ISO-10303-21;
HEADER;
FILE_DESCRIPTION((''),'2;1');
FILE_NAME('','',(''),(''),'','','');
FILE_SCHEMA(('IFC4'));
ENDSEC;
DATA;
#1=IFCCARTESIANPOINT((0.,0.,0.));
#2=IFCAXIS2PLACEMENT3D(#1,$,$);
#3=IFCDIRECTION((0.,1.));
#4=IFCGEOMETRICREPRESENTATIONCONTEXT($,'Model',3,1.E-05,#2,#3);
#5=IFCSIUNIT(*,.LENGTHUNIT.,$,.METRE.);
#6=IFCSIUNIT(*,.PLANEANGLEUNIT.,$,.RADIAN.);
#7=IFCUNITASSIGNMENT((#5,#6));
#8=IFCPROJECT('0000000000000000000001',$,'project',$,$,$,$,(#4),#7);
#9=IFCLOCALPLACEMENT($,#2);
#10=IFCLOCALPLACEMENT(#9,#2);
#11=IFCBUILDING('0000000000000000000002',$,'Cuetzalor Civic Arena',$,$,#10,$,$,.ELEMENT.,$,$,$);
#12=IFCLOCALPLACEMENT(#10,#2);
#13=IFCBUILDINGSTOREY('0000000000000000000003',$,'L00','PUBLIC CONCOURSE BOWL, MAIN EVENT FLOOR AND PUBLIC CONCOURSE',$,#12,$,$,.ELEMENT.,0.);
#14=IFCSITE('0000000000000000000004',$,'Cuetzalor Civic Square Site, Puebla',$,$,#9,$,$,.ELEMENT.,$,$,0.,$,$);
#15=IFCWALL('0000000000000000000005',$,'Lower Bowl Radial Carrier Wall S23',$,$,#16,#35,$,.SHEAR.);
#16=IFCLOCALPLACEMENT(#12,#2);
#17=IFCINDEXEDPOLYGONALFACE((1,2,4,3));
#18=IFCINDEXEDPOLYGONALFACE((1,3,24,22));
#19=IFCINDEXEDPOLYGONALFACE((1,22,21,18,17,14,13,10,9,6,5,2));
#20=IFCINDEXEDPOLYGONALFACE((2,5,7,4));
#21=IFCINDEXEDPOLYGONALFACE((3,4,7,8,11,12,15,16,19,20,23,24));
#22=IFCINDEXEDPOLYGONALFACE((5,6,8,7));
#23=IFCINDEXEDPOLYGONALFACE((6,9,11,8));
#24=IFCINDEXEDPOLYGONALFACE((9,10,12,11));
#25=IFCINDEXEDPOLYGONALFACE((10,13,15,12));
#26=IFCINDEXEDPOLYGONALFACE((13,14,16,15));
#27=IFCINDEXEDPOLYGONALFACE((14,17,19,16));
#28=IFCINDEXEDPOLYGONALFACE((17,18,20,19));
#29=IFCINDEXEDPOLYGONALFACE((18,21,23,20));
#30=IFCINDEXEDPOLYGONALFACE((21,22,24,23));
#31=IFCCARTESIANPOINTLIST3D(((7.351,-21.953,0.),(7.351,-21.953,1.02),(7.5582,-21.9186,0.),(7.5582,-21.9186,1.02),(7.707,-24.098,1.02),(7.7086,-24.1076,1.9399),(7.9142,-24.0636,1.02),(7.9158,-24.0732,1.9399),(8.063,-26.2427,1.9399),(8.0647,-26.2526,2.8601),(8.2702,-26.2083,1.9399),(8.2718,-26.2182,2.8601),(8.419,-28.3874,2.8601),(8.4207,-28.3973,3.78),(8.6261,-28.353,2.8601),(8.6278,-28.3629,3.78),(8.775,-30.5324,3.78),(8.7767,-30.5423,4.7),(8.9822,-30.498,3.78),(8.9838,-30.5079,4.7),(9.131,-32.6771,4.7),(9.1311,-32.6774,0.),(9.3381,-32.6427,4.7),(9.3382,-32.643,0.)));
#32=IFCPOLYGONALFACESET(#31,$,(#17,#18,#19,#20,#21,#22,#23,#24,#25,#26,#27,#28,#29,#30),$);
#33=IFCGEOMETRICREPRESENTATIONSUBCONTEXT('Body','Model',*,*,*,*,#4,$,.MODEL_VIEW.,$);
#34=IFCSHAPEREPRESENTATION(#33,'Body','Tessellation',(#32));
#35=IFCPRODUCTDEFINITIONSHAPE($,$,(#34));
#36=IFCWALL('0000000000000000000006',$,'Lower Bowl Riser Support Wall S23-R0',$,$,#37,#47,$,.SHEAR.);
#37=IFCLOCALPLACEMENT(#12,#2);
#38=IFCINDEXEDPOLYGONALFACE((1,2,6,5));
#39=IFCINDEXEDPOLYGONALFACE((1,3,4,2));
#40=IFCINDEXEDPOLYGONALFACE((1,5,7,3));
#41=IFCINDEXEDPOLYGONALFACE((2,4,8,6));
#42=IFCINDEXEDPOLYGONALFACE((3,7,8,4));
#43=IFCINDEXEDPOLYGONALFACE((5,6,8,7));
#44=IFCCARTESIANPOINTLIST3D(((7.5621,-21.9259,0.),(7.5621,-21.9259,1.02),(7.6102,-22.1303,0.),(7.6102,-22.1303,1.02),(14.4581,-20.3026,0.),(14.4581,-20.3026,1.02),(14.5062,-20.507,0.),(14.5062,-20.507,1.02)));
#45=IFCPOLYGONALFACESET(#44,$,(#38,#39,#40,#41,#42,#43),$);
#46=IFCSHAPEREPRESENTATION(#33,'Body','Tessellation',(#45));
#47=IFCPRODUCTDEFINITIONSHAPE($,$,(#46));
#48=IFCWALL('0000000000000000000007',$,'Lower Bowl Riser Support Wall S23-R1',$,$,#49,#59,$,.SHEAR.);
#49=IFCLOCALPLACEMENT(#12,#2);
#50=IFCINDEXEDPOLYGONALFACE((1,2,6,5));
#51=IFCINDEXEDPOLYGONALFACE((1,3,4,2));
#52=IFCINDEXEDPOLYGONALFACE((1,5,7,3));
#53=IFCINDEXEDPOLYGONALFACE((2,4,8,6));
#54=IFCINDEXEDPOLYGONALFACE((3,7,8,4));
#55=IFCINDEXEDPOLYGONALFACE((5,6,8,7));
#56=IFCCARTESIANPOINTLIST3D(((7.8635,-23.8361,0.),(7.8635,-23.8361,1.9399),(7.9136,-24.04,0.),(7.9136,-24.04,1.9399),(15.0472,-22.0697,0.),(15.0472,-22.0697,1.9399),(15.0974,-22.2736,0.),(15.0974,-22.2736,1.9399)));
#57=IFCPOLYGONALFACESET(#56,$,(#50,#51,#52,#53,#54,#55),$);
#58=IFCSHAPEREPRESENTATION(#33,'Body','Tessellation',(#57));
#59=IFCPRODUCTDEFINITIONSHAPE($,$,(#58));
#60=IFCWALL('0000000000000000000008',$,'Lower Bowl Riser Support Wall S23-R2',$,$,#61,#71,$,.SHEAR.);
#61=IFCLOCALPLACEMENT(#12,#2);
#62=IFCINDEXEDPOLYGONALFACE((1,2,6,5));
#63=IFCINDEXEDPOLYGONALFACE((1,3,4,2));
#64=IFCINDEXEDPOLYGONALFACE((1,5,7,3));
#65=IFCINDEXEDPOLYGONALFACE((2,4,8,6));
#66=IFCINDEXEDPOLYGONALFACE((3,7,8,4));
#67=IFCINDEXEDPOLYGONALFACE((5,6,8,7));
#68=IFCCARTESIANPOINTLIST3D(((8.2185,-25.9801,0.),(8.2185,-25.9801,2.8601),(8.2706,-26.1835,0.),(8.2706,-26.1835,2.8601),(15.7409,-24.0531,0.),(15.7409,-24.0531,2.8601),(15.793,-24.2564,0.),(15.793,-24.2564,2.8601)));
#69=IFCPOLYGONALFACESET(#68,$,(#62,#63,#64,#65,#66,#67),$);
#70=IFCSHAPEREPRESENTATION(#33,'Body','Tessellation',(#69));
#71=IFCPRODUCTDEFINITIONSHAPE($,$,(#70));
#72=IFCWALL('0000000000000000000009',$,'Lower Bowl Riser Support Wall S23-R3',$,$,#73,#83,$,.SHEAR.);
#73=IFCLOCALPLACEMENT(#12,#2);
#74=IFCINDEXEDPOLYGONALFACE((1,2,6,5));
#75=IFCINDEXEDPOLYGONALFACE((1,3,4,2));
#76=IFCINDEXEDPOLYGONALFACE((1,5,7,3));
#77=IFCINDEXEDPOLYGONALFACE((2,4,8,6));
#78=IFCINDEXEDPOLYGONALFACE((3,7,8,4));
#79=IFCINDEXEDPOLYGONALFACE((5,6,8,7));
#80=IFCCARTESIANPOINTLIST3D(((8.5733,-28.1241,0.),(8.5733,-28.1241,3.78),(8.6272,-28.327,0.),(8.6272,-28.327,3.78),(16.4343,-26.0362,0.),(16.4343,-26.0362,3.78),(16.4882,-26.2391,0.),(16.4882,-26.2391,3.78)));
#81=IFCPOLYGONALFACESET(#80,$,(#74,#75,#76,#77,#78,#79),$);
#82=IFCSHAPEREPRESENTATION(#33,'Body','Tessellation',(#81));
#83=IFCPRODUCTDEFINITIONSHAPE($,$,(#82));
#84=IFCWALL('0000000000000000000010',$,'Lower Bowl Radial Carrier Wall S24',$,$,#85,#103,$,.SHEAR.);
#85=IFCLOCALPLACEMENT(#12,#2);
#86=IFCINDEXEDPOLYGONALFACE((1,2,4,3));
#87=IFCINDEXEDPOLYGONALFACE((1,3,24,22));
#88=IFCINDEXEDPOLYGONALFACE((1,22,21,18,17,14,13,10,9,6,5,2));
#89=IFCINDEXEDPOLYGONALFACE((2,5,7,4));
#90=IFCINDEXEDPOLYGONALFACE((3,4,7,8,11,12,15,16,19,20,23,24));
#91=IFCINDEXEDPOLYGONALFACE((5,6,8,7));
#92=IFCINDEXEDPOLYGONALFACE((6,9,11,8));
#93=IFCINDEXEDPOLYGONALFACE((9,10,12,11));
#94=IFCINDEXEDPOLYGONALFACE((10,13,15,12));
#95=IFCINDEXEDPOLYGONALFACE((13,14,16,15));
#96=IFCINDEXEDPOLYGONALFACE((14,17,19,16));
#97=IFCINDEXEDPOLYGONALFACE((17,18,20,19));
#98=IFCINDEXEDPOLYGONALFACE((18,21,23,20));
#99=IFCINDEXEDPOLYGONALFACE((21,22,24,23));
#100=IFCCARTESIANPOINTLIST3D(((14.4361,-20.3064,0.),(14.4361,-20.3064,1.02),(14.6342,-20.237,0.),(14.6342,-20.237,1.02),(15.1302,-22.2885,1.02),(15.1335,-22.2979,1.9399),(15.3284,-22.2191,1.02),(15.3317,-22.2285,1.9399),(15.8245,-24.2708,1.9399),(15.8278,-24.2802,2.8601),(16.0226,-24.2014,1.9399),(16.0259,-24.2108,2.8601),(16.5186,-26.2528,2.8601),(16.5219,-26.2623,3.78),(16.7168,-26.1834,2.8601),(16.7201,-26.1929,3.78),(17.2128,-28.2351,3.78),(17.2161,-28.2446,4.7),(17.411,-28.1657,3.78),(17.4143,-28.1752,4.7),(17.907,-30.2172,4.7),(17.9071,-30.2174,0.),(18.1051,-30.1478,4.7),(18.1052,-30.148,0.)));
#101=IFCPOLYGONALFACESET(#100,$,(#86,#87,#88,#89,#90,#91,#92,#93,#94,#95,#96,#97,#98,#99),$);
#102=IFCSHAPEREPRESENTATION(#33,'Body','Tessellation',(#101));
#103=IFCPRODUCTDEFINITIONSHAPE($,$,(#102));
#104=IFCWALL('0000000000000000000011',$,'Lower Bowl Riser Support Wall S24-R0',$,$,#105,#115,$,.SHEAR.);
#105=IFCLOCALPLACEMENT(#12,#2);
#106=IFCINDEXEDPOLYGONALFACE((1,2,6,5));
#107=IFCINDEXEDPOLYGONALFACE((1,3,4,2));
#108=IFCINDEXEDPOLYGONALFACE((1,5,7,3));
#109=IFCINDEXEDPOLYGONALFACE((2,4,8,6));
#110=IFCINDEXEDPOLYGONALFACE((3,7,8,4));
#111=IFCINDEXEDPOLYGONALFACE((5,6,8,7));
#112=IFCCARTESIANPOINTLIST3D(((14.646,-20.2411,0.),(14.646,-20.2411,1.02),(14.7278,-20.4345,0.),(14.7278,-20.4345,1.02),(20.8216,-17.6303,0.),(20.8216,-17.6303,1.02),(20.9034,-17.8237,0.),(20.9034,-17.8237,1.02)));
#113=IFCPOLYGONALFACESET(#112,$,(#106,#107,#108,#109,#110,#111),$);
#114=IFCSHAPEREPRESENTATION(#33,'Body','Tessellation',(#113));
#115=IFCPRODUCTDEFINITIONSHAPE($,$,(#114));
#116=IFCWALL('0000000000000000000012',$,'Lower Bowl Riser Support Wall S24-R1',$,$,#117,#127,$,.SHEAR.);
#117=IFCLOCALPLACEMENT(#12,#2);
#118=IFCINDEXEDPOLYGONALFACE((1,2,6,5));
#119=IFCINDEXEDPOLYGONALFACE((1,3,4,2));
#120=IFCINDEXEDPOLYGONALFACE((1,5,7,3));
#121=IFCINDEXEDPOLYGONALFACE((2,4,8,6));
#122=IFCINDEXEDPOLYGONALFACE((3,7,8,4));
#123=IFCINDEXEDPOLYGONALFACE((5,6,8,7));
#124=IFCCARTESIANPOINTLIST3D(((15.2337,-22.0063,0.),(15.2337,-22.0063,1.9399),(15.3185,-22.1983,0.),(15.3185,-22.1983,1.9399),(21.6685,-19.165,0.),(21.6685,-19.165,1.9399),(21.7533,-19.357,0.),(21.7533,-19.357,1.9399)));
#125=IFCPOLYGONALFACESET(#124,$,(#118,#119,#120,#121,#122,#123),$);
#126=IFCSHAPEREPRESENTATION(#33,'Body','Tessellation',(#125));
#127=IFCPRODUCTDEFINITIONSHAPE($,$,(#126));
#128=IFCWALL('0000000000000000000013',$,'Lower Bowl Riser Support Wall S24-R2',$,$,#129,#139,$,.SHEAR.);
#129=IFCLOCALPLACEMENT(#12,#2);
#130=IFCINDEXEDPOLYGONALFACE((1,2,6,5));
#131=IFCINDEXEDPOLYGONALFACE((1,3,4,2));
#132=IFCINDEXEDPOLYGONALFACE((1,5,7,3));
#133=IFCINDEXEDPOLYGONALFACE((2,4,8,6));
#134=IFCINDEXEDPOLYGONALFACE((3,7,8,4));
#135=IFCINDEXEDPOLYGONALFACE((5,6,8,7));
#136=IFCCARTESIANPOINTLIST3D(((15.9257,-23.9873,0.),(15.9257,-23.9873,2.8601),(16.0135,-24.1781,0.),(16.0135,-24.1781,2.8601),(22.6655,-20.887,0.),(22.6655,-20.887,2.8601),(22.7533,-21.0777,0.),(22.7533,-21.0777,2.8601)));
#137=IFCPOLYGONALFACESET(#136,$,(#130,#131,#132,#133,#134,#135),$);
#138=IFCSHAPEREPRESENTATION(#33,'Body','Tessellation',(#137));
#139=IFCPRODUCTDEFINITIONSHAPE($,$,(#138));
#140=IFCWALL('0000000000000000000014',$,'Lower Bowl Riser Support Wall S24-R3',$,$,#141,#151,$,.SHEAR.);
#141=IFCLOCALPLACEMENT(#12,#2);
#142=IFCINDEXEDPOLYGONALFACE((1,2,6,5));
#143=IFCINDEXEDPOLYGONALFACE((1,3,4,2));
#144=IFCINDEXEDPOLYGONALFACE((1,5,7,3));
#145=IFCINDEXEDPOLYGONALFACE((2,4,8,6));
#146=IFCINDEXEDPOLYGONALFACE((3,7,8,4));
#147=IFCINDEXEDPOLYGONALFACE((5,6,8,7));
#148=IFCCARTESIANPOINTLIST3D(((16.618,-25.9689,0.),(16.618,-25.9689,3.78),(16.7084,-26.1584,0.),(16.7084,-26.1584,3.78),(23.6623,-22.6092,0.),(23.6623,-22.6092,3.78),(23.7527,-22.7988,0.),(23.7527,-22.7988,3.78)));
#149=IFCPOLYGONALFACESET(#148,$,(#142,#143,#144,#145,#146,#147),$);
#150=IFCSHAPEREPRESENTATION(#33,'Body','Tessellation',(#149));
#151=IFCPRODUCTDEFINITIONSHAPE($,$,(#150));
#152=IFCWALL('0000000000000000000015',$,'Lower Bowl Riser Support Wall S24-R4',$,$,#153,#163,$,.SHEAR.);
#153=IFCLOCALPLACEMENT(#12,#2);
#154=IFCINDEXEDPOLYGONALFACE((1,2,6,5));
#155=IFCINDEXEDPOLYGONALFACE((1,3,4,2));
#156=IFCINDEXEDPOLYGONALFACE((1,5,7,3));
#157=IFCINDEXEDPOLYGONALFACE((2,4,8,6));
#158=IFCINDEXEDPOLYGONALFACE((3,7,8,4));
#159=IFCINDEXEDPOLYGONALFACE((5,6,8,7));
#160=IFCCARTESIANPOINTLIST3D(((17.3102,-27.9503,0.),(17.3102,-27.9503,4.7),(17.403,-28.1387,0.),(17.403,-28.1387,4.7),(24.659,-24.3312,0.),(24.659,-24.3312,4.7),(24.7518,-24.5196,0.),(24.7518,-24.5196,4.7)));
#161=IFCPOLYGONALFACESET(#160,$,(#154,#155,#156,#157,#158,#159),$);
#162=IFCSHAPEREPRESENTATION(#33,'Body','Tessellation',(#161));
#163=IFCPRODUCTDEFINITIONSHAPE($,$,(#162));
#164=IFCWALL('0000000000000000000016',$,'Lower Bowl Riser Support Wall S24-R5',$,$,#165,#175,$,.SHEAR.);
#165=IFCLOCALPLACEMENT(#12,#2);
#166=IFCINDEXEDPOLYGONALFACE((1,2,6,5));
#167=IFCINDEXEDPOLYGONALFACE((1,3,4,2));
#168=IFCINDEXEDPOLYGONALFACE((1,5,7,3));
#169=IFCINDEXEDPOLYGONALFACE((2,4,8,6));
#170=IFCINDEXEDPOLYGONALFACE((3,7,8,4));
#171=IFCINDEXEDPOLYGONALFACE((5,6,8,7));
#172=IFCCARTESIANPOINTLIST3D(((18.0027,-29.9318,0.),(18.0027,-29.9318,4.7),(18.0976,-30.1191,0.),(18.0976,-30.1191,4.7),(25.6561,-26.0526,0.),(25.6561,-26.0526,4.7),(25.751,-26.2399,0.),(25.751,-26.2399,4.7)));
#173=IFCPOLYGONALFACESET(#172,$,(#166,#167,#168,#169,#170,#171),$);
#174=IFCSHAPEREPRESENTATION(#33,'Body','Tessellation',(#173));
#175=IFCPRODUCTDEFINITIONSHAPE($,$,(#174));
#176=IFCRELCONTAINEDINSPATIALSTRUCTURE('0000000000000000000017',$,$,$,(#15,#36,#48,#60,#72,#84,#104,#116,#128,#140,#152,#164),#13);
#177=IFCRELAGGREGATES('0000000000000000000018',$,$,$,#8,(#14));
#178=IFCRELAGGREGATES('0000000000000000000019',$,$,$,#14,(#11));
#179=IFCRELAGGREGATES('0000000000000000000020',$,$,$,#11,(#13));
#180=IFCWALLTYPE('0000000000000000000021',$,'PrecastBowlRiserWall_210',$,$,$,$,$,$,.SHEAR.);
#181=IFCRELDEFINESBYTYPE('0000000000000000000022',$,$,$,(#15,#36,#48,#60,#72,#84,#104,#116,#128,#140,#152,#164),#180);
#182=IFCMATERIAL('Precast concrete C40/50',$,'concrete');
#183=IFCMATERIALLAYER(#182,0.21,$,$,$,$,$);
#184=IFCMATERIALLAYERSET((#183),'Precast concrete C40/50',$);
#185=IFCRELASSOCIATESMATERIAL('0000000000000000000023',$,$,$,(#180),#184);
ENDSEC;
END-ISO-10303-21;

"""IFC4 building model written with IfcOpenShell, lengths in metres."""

from ifc_helpers import new_model, si_unit, direction, frame, frame_2d, origin, place, context, subcontext, project, spatial, polyline, rectangle, outline, extrude, material, layer, layer_set, type_object, element, save


model = new_model("IFC4")

# Units and contexts
model_context = context("Model", 3, precision=1e-05, world=origin(), true_north=direction((0.0, 1.0)))
body_context = subcontext(model_context, "Body", "Model", "MODEL_VIEW")
ifc_project = project(units=[si_unit("LENGTHUNIT", "METRE"), si_unit("PLANEANGLEUNIT", "RADIAN")], contexts=[model_context])

# Site, building, storey
site_placement = place(None, origin())
site = spatial("IfcSite", under=ifc_project, at=site_placement, Name="Cuetzalor Civic Square Site, Puebla", CompositionType="ELEMENT", RefElevation=0.0)
building_placement = place(site_placement, origin())
building = spatial("IfcBuilding", under=site, at=building_placement, Name="Cuetzalor Civic Arena", CompositionType="ELEMENT")
storey_placement = place(building_placement, origin())
storey = spatial("IfcBuildingStorey", under=building, at=storey_placement, Name="L00", Description="PUBLIC CONCOURSE BOWL, MAIN EVENT FLOOR AND PUBLIC CONCOURSE", CompositionType="ELEMENT", Elevation=0.0)

# Walls
ifc_material_1 = material(Name="Precast concrete C40/50", Category="concrete")
ifc_layer = layer(ifc_material_1, 0.21)
ifc_layer_set = layer_set([ifc_layer], Name="Precast concrete C40/50")
wall_type = type_object("IfcWallType", Name="PrecastBowlRiserWall_210", PredefinedType="SHEAR", material=ifc_layer_set)
wall_1_placement = place(storey_placement, frame((7.4546, -21.9358, 0.0), z_axis=(0.0, 0.0, 1.0), x_axis=(0.16374, -0.986504, 0.0)))
element("IfcWall", 1, at=wall_1_placement, inside=storey, type_object=wall_type, Name="Lower Bowl Radial Carrier Wall S23", PredefinedType="SHEAR", context=body_context, shape_type="SweptSolid", body=[
    extrude(outline(polyline([(0.0, 0.0), (10.8711, 0.0), (10.8708, 4.7), (8.7068, 4.7), (8.6968, 3.78), (6.5325, 3.78), (6.5225, 2.8601), (4.3584, 2.8601), (4.3484, 1.9399), (2.1841, 1.9399), (2.1743, 1.02), (0.0, 1.02), (0.0, 0.0)])), frame((0.0, 0.105, 0.0), z_axis=(0.0, -1.0, 0.0), x_axis=(1.0, 0.0, 0.0)), (0.0, 0.0, 1.0), 0.21),
])
wall_2_placement = place(storey_placement, frame((7.5862, -22.0281, 0.0), z_axis=(0.0, 0.0, 1.0), x_axis=(0.973395, 0.229133, 0.0)))
element("IfcWall", 2, at=wall_2_placement, inside=storey, type_object=wall_type, Name="Lower Bowl Riser Support Wall S23-R0", PredefinedType="SHEAR", context=body_context, shape_type="SweptSolid", body=[
    extrude(rectangle(XDim=7.0845, YDim=0.21, at=frame_2d((3.5422, 0.0))), origin(), (0.0, 0.0, 1.0), 1.02),
])
wall_3_placement = place(storey_placement, frame((7.8887, -23.938, 0.0), z_axis=(0.0, 0.0, 1.0), x_axis=(0.971077, 0.238768, 0.0)))
element("IfcWall", 3, at=wall_3_placement, inside=storey, type_object=wall_type, Name="Lower Bowl Riser Support Wall S23-R1", PredefinedType="SHEAR", context=body_context, shape_type="SweptSolid", body=[
    extrude(rectangle(XDim=7.3977, YDim=0.21, at=frame_2d((3.6987, 0.0))), origin(), (0.0, 0.0, 1.0), 1.9399),
])
wall_4_placement = place(storey_placement, frame((8.2444, -26.0818, 0.0), z_axis=(0.0, 0.0, 1.0), x_axis=(0.968721, 0.248154, 0.0)))
element("IfcWall", 4, at=wall_4_placement, inside=storey, type_object=wall_type, Name="Lower Bowl Riser Support Wall S23-R2", PredefinedType="SHEAR", context=body_context, shape_type="SweptSolid", body=[
    extrude(rectangle(XDim=7.7654, YDim=0.21, at=frame_2d((3.8828, 0.0))), origin(), (0.0, 0.0, 1.0), 2.8601),
])
wall_5_placement = place(storey_placement, frame((8.6001, -28.2256, 0.0), z_axis=(0.0, 0.0, 1.0), x_axis=(0.966492, 0.256699, 0.0)))
element("IfcWall", 5, at=wall_5_placement, inside=storey, type_object=wall_type, Name="Lower Bowl Riser Support Wall S23-R3", PredefinedType="SHEAR", context=body_context, shape_type="SweptSolid", body=[
    extrude(rectangle(XDim=8.1335, YDim=0.21, at=frame_2d((4.0669, 0.0))), origin(), (0.0, 0.0, 1.0), 3.78),
])
wall_6_placement = place(storey_placement, frame((14.5352, -20.2717, 0.0), z_axis=(0.0, 0.0, 1.0), x_axis=(0.330532, -0.943795, 0.0)))
element("IfcWall", 6, at=wall_6_placement, inside=storey, type_object=wall_type, Name="Lower Bowl Radial Carrier Wall S24", PredefinedType="SHEAR", context=body_context, shape_type="SweptSolid", body=[
    extrude(outline(polyline([(0.0, 0.0), (10.5012, 0.0), (10.501, 4.7), (8.4109, 4.7), (8.4009, 3.78), (6.3105, 3.78), (6.3005, 2.8601), (4.2104, 2.8601), (4.2004, 1.9399), (2.1101, 1.9399), (2.1001, 1.02), (0.0, 1.02), (0.0, 0.0)])), frame((0.0, 0.105, 0.0), z_axis=(0.0, -1.0, 0.0), x_axis=(1.0, 0.0, 0.0)), (0.0, 0.0, 1.0), 0.21),
])
wall_7_placement = place(storey_placement, frame((14.6868, -20.3379, 0.0), z_axis=(0.0, 0.0, 1.0), x_axis=(0.921068, 0.389401, 0.0)))
element("IfcWall", 7, at=wall_7_placement, inside=storey, type_object=wall_type, Name="Lower Bowl Riser Support Wall S24-R0", PredefinedType="SHEAR", context=body_context, shape_type="SweptSolid", body=[
    extrude(rectangle(XDim=6.7048, YDim=0.21, at=frame_2d((3.3525, 0.0))), origin(), (0.0, 0.0, 1.0), 1.02),
])
wall_8_placement = place(storey_placement, frame((15.2761, -22.1023, 0.0), z_axis=(0.0, 0.0, 1.0), x_axis=(0.914791, 0.403928, 0.0)))
element("IfcWall", 8, at=wall_8_placement, inside=storey, type_object=wall_type, Name="Lower Bowl Riser Support Wall S24-R1", PredefinedType="SHEAR", context=body_context, shape_type="SweptSolid", body=[
    extrude(rectangle(XDim=7.0342, YDim=0.21, at=frame_2d((3.5171, 0.0))), origin(), (0.0, 0.0, 1.0), 1.9399),
])
wall_9_placement = place(storey_placement, frame((15.9695, -24.0828, 0.0), z_axis=(0.0, 0.0, 1.0), x_axis=(0.908487, 0.417912, 0.0)))
element("IfcWall", 9, at=wall_9_placement, inside=storey, type_object=wall_type, Name="Lower Bowl Riser Support Wall S24-R2", PredefinedType="SHEAR", context=body_context, shape_type="SweptSolid", body=[
    extrude(rectangle(XDim=7.4187, YDim=0.21, at=frame_2d((3.7095, 0.0))), origin(), (0.0, 0.0, 1.0), 2.8601),
])
wall_10_placement = place(storey_placement, frame((16.6631, -26.0637, 0.0), z_axis=(0.0, 0.0, 1.0), x_axis=(0.9026, 0.430481, 0.0)))
element("IfcWall", 10, at=wall_10_placement, inside=storey, type_object=wall_type, Name="Lower Bowl Riser Support Wall S24-R3", PredefinedType="SHEAR", context=body_context, shape_type="SweptSolid", body=[
    extrude(rectangle(XDim=7.8044, YDim=0.21, at=frame_2d((3.9023, 0.0))), origin(), (0.0, 0.0, 1.0), 3.78),
])
wall_11_placement = place(storey_placement, frame((17.3567, -28.0444, 0.0), z_axis=(0.0, 0.0, 1.0), x_axis=(0.897111, 0.441805, 0.0)))
element("IfcWall", 11, at=wall_11_placement, inside=storey, type_object=wall_type, Name="Lower Bowl Riser Support Wall S24-R4", PredefinedType="SHEAR", context=body_context, shape_type="SweptSolid", body=[
    extrude(rectangle(XDim=8.1917, YDim=0.21, at=frame_2d((4.0957, 0.0))), origin(), (0.0, 0.0, 1.0), 4.7),
])
wall_12_placement = place(storey_placement, frame((18.0503, -30.0254, 0.0), z_axis=(0.0, 0.0, 1.0), x_axis=(0.891967, 0.452101, 0.0)))
element("IfcWall", 12, at=wall_12_placement, inside=storey, type_object=wall_type, Name="Lower Bowl Riser Support Wall S24-R5", PredefinedType="SHEAR", context=body_context, shape_type="SweptSolid", body=[
    extrude(rectangle(XDim=8.5803, YDim=0.21, at=frame_2d((4.29, 0.0))), origin(), (0.0, 0.0, 1.0), 4.7),
])

save(model, "model.ifc")
